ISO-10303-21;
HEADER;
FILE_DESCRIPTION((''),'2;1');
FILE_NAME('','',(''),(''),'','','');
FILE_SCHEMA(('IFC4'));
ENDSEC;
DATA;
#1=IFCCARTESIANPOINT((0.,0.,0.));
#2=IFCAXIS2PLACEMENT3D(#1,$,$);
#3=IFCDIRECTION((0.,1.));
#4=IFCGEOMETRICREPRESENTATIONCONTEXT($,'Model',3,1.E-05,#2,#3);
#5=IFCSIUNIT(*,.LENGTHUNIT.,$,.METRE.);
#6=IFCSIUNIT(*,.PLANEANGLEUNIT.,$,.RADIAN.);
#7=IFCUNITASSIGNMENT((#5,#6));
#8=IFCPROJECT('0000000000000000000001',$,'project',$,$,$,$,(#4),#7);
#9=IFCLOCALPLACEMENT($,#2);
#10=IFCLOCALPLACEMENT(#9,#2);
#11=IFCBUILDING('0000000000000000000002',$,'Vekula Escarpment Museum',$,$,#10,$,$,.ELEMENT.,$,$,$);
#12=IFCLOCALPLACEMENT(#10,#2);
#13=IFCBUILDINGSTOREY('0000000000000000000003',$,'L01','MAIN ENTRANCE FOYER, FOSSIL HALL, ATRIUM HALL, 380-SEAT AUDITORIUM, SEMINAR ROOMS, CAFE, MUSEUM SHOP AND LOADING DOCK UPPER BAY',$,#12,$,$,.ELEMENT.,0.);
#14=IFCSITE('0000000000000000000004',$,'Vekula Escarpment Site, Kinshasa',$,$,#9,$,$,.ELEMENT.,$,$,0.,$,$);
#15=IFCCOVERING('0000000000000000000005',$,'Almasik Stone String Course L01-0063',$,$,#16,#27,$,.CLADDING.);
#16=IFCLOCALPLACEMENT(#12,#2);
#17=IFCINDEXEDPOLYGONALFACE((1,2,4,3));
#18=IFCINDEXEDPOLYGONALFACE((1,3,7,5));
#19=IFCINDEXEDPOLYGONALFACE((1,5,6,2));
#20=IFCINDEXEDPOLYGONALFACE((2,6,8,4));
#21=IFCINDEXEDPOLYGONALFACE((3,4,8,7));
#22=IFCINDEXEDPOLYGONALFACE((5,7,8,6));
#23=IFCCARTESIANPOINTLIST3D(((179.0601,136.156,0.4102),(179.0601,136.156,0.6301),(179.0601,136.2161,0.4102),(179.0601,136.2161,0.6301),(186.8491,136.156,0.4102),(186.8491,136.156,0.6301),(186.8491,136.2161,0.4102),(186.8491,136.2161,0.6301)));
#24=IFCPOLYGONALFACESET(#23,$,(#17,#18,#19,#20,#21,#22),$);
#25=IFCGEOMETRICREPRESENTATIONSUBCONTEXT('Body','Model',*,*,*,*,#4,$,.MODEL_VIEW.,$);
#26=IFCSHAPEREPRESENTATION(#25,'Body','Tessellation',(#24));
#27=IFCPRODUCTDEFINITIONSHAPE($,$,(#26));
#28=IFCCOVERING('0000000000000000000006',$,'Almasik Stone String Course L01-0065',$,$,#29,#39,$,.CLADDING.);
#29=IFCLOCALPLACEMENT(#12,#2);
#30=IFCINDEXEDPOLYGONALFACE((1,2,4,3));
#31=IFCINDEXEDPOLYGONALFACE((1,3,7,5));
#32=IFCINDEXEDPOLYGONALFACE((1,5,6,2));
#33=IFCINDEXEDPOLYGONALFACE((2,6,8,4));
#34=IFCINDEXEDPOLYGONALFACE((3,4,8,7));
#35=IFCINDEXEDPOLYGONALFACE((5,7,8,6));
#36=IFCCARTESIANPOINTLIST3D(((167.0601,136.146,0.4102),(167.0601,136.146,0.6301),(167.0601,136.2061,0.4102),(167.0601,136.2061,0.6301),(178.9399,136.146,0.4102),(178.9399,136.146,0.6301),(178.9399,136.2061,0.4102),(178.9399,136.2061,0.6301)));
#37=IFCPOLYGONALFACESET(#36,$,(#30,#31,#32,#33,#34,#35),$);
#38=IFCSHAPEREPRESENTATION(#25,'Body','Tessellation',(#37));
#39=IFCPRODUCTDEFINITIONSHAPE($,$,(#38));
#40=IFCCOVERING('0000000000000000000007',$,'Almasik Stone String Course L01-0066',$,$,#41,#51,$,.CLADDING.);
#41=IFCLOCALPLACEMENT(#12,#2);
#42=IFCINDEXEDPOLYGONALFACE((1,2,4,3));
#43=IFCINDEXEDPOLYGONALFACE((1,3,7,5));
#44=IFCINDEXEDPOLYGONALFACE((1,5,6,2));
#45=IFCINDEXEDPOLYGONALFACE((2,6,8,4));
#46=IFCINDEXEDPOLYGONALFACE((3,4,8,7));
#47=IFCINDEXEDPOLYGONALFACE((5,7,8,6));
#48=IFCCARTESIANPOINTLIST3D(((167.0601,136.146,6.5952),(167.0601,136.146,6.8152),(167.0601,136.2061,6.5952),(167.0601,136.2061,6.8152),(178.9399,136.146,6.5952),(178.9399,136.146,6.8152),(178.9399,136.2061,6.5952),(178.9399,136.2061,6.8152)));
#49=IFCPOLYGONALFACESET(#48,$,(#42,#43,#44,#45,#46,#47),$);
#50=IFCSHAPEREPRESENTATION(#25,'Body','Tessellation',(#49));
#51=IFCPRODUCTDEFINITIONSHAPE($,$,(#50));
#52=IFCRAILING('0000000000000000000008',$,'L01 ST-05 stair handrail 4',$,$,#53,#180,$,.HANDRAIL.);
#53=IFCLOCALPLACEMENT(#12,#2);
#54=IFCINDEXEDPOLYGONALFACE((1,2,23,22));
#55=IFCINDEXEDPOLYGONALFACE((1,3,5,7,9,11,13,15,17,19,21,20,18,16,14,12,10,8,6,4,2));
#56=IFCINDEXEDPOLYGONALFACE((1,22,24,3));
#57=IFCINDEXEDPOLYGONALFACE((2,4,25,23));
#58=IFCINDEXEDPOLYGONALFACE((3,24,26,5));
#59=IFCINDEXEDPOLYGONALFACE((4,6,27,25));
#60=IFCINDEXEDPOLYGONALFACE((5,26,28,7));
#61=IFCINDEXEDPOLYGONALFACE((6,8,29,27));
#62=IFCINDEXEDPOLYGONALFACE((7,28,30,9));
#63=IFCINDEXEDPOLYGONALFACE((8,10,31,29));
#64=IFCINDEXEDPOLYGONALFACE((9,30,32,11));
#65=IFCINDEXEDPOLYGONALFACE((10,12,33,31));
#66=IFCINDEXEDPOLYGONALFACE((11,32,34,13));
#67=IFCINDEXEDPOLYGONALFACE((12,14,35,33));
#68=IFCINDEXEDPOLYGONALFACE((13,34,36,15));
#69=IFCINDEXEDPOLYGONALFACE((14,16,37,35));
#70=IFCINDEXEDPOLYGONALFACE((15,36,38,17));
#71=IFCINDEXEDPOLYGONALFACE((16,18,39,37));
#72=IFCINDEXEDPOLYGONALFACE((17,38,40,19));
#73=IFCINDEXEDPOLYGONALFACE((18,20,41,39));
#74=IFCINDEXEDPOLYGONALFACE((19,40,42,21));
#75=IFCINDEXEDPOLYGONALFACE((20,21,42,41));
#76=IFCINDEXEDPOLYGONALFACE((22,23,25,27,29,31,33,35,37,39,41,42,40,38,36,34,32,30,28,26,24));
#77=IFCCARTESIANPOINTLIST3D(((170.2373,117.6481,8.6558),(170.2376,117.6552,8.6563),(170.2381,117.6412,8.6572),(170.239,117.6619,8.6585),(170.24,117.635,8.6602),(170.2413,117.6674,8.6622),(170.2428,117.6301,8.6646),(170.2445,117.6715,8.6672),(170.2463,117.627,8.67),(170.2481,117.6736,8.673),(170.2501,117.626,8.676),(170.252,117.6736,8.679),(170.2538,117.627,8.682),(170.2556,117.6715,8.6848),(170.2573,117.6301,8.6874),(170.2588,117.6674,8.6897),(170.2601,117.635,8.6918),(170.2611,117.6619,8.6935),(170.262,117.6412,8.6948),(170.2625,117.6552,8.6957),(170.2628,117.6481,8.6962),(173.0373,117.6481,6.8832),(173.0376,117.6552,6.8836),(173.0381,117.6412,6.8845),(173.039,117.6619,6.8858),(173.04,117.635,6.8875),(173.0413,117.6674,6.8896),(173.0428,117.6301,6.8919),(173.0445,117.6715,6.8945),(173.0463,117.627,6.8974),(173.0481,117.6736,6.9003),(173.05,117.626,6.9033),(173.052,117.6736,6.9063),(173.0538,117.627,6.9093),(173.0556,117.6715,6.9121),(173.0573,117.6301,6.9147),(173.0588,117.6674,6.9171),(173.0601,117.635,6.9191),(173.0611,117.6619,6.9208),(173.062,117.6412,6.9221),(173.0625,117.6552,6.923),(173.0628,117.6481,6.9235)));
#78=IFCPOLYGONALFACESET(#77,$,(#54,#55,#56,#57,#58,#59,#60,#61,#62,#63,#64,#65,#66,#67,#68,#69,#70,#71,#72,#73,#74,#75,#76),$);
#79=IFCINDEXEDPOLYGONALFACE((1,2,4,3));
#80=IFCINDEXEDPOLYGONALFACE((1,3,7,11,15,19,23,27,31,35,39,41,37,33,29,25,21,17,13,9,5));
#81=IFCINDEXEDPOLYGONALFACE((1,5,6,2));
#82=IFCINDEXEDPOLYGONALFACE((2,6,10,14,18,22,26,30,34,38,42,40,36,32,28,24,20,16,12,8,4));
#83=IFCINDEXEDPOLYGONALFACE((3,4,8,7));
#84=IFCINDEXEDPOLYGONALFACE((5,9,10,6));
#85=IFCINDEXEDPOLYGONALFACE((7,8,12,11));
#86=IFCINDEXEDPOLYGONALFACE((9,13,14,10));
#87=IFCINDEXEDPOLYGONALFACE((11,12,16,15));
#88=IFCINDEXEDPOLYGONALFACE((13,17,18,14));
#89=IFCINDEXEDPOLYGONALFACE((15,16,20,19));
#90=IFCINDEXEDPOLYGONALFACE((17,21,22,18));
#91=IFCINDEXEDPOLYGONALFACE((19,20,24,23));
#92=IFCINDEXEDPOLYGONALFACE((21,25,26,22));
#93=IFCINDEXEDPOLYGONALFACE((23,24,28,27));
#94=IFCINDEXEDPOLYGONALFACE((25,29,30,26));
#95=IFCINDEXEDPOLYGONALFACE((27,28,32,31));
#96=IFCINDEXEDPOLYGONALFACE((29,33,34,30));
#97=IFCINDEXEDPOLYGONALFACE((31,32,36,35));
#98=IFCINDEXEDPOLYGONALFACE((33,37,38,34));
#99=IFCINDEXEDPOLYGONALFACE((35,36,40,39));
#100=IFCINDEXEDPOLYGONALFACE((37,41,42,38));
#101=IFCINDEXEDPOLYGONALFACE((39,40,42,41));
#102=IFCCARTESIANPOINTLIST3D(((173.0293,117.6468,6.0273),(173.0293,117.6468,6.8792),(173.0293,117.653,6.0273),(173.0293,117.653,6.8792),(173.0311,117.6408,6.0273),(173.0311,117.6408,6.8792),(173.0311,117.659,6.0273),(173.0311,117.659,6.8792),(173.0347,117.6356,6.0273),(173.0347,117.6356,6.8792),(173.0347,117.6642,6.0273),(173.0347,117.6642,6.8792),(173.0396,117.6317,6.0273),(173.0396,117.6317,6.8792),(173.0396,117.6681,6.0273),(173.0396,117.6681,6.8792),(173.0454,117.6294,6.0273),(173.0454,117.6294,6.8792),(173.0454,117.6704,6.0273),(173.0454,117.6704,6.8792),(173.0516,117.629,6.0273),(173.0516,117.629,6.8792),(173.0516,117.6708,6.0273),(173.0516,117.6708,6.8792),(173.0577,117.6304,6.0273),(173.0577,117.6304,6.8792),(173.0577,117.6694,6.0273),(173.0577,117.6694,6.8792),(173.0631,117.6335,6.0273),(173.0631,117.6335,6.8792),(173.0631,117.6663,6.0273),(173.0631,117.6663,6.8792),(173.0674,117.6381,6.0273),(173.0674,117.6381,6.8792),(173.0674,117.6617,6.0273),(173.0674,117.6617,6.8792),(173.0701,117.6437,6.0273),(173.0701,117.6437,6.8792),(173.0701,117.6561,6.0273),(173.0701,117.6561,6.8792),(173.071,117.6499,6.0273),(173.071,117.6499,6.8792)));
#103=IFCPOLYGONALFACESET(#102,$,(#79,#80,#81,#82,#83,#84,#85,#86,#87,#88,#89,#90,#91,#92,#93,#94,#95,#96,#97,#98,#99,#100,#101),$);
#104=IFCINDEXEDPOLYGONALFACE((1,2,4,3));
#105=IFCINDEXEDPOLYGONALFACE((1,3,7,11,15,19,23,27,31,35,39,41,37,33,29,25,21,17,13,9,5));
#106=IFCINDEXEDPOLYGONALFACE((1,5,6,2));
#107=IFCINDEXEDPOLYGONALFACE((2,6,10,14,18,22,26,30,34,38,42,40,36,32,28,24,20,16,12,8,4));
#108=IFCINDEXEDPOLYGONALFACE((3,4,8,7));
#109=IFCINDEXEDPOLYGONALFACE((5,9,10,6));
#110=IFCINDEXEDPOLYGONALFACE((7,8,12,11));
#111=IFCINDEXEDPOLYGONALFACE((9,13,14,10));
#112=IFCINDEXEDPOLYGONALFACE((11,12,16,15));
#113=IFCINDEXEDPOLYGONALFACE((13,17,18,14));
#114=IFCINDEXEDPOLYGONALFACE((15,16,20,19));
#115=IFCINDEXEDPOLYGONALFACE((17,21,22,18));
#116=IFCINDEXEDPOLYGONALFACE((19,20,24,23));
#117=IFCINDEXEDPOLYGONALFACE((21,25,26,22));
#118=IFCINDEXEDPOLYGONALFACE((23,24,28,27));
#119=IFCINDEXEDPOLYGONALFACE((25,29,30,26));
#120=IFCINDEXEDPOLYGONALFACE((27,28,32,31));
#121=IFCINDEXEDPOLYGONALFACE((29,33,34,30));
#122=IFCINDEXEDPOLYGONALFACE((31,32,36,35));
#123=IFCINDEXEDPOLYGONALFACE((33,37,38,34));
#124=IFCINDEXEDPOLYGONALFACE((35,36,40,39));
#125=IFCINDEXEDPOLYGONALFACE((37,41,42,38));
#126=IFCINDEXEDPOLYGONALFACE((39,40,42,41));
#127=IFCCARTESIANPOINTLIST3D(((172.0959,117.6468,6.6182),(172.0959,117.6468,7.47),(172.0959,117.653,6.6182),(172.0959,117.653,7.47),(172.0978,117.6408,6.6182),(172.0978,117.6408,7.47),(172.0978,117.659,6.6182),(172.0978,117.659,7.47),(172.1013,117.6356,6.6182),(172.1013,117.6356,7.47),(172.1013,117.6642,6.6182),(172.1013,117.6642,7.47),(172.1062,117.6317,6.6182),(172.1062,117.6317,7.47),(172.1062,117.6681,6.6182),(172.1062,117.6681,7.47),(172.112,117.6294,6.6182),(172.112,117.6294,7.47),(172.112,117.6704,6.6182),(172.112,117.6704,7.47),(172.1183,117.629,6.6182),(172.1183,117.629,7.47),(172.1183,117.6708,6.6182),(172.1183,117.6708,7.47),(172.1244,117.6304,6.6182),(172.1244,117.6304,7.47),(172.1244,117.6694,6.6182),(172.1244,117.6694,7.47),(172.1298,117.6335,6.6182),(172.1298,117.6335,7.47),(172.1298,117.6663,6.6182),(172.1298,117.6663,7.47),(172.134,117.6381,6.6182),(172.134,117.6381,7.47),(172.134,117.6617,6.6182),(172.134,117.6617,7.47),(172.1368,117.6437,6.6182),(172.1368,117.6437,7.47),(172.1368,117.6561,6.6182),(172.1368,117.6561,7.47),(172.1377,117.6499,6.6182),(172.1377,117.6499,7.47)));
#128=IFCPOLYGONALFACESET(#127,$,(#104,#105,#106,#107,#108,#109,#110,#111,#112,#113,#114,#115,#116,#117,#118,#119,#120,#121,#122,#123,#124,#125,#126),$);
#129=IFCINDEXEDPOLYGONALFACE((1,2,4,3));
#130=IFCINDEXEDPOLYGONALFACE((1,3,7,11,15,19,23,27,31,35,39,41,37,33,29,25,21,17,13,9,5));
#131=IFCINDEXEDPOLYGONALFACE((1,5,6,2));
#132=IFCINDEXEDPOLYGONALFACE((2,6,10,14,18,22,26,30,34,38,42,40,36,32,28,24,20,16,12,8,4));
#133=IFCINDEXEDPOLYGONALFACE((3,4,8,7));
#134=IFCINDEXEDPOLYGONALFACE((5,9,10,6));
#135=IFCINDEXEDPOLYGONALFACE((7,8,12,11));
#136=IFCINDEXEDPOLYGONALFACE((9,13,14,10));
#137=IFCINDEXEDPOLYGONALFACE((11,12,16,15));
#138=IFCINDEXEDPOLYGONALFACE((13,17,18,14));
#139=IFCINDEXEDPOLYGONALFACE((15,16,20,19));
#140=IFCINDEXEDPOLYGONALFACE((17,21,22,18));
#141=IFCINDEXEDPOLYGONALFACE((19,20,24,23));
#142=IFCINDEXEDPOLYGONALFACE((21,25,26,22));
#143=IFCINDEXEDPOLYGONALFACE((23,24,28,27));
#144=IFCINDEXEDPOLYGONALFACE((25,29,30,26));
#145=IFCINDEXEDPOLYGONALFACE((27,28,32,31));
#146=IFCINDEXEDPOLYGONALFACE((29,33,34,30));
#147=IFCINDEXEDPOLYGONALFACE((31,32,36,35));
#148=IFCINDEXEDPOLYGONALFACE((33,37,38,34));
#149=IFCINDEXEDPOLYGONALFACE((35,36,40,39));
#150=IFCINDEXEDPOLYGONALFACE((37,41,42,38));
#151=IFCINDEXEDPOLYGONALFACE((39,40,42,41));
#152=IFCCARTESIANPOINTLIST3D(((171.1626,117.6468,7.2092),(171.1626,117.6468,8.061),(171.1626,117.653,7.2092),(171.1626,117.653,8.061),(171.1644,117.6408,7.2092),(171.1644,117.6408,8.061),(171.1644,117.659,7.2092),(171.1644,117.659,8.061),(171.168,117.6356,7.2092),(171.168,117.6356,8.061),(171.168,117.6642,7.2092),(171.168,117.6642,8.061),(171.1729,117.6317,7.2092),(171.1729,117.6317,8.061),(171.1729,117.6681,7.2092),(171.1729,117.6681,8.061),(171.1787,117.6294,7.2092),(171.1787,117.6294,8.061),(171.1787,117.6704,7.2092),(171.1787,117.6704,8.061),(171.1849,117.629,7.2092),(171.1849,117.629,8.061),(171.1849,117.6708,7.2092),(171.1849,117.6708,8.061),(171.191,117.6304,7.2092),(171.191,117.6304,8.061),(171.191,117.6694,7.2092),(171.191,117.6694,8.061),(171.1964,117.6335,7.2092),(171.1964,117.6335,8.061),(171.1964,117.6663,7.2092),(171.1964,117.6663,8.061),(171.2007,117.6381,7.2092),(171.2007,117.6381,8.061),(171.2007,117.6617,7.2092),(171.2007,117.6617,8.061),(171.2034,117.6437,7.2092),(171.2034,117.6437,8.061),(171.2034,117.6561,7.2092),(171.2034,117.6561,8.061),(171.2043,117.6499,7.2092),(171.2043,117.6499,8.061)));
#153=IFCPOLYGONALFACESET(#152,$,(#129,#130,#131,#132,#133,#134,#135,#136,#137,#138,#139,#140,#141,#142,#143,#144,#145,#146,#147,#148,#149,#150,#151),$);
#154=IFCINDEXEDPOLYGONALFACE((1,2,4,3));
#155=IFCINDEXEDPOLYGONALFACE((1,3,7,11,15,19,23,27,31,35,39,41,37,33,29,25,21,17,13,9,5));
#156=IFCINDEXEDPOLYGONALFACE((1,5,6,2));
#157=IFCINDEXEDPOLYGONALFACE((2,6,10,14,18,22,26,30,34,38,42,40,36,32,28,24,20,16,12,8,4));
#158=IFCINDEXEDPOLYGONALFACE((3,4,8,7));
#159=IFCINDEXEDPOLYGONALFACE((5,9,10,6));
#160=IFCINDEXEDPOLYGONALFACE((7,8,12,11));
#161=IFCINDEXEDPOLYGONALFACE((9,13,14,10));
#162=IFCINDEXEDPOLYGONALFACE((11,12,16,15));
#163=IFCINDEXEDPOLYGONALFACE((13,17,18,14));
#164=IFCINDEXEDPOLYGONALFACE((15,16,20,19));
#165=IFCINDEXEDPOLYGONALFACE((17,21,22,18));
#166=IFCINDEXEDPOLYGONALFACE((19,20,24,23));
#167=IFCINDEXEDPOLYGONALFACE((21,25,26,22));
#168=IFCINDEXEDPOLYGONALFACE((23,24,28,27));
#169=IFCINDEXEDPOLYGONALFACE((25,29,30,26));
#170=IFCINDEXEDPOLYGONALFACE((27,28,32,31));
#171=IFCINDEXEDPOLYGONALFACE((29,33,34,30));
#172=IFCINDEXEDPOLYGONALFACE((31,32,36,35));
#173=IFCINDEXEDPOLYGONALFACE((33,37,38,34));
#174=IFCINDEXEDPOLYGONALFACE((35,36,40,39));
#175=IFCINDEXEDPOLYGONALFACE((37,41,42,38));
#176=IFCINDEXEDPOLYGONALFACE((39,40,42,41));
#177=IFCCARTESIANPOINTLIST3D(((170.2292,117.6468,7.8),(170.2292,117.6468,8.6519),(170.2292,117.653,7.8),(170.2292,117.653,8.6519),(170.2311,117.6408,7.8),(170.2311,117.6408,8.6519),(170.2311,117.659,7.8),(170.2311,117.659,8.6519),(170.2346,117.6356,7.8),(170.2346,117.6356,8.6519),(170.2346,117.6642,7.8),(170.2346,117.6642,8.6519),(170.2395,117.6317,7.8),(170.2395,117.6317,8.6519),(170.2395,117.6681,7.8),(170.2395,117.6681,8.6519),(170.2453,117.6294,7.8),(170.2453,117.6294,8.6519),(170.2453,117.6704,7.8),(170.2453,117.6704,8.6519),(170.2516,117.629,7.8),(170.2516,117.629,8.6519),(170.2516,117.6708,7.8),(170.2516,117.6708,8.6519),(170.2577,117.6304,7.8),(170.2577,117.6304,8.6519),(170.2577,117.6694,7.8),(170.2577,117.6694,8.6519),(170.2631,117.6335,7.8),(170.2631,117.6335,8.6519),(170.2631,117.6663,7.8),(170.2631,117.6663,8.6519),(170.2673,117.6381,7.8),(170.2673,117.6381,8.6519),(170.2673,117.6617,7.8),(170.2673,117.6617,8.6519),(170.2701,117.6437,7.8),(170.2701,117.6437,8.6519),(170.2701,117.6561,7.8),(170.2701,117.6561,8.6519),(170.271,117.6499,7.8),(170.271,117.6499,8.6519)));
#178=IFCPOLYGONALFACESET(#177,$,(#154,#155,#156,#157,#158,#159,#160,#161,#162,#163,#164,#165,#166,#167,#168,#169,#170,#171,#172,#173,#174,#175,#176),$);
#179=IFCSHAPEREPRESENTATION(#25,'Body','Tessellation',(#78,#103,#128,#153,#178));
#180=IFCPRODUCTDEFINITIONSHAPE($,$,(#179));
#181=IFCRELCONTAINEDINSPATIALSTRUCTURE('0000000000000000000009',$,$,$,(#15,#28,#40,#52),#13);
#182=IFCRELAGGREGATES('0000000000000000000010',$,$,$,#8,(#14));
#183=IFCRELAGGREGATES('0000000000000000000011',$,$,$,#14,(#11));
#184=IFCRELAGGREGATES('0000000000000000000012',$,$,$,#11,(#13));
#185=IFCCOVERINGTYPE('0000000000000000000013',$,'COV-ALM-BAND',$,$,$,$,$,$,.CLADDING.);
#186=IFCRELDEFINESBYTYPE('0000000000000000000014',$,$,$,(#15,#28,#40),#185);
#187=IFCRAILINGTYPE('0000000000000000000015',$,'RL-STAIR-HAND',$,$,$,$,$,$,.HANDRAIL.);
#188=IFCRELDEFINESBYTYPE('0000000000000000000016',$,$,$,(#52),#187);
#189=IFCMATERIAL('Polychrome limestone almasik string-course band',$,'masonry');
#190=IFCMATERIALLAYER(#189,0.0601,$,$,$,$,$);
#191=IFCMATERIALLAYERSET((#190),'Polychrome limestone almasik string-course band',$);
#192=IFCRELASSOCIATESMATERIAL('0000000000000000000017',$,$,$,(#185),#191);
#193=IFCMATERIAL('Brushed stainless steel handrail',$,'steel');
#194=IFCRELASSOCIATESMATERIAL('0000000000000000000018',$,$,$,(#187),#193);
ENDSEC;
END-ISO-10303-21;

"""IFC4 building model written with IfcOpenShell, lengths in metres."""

from ifc_helpers import new_model, si_unit, direction, frame, origin, origin_2d, place, context, subcontext, project, spatial, rectangle, circle, extrude, material, layer, layer_set, type_object, element, save


model = new_model("IFC4")

# Units and contexts
model_context = context("Model", 3, precision=1e-05, world=origin(), true_north=direction((0.0, 1.0)))
body_context = subcontext(model_context, "Body", "Model", "MODEL_VIEW")
ifc_project = project(units=[si_unit("LENGTHUNIT", "METRE"), si_unit("PLANEANGLEUNIT", "RADIAN")], contexts=[model_context])

# Site, building, storey
site_placement = place(None, origin())
site = spatial("IfcSite", under=ifc_project, at=site_placement, Name="Vekula Escarpment Site, Kinshasa", CompositionType="ELEMENT", RefElevation=0.0)
building_placement = place(site_placement, origin())
building = spatial("IfcBuilding", under=site, at=building_placement, Name="Vekula Escarpment Museum", CompositionType="ELEMENT")
storey_placement = place(building_placement, origin())
storey = spatial("IfcBuildingStorey", under=building, at=storey_placement, Name="L01", Description="MAIN ENTRANCE FOYER, FOSSIL HALL, ATRIUM HALL, 380-SEAT AUDITORIUM, SEMINAR ROOMS, CAFE, MUSEUM SHOP AND LOADING DOCK UPPER BAY", CompositionType="ELEMENT", Elevation=0.0)

# Coverings
ifc_material_1 = material(Name="Polychrome limestone almasik string-course band", Category="masonry")
ifc_layer_1 = layer(ifc_material_1, 0.0601)
ifc_layer_set_1 = layer_set([ifc_layer_1], Name="Polychrome limestone almasik string-course band")
covering_type = type_object("IfcCoveringType", Name="COV-ALM-BAND", PredefinedType="CLADDING", material=ifc_layer_set_1)
covering_placement = place(storey_placement, frame((182.9546, 136.186, 0.4102), z_axis=(0.0, 0.0, 1.0), x_axis=(1.0, 0.0, 0.0)))
element("IfcCovering", 1, at=covering_placement, inside=storey, type_object=covering_type, Name="Almasik Stone String Course L01-0063", PredefinedType="CLADDING", context=body_context, shape_type="SweptSolid", body=[
    extrude(rectangle(XDim=7.7891, YDim=0.0601, at=origin_2d()), origin(), (0.0, 0.0, 1.0), 0.22),
])
for number, where, z_axis, x_axis, name in (
    (2, (173.0, 136.176, 0.4102), (0.0, 0.0, 1.0), (1.0, 0.0, 0.0), "Almasik Stone String Course L01-0065"),
    (3, (173.0, 136.176, 6.5952), (0.0, 0.0, 1.0), (1.0, 0.0, 0.0), "Almasik Stone String Course L01-0066"),
):
    element("IfcCovering", number, at=place(storey_placement, frame(where, z_axis=z_axis, x_axis=x_axis)), inside=storey, type_object=covering_type, Name=name, PredefinedType="CLADDING", context=body_context, shape_type="SweptSolid", body=[
        extrude(rectangle(XDim=11.8799, YDim=0.0601, at=origin_2d()), origin(), (0.0, 0.0, 1.0), 0.22),
    ])

# Railing
ifc_material_2 = material(Name="Brushed stainless steel handrail", Category="steel")
railing_type = type_object("IfcRailingType", Name="RL-STAIR-HAND", PredefinedType="HANDRAIL", material=ifc_material_2)
railing_placement = place(storey_placement, frame((173.05, 117.6499, 6.0273)))
element("IfcRailing", 4, at=railing_placement, inside=storey, type_object=railing_type, Name="L01 ST-05 stair handrail 4", PredefinedType="HANDRAIL", context=body_context, shape_type="SweptSolid", body=[
    extrude(circle(Radius=0.0239, at=origin_2d()), frame((0.0, 0.0, 0.876), z_axis=(-0.844909, 0.0, 0.53491), x_axis=(0.0, -1.0, 0.0)), (0.0, 0.0, 1.0), 3.314),
    extrude(circle(Radius=0.021, at=origin_2d()), origin(), (0.0, 0.0, 1.0), 0.8518),
    extrude(circle(Radius=0.021, at=origin_2d()), frame((-0.9333, 0.0, 0.5908)), (0.0, 0.0, 1.0), 0.8518),
    extrude(circle(Radius=0.021, at=origin_2d()), frame((-1.8667, 0.0, 1.1819)), (0.0, 0.0, 1.0), 0.8518),
    extrude(circle(Radius=0.021, at=origin_2d()), frame((-2.8, 0.0, 1.7727)), (0.0, 0.0, 1.0), 0.8518),
])

save(model, "model.ifc")
